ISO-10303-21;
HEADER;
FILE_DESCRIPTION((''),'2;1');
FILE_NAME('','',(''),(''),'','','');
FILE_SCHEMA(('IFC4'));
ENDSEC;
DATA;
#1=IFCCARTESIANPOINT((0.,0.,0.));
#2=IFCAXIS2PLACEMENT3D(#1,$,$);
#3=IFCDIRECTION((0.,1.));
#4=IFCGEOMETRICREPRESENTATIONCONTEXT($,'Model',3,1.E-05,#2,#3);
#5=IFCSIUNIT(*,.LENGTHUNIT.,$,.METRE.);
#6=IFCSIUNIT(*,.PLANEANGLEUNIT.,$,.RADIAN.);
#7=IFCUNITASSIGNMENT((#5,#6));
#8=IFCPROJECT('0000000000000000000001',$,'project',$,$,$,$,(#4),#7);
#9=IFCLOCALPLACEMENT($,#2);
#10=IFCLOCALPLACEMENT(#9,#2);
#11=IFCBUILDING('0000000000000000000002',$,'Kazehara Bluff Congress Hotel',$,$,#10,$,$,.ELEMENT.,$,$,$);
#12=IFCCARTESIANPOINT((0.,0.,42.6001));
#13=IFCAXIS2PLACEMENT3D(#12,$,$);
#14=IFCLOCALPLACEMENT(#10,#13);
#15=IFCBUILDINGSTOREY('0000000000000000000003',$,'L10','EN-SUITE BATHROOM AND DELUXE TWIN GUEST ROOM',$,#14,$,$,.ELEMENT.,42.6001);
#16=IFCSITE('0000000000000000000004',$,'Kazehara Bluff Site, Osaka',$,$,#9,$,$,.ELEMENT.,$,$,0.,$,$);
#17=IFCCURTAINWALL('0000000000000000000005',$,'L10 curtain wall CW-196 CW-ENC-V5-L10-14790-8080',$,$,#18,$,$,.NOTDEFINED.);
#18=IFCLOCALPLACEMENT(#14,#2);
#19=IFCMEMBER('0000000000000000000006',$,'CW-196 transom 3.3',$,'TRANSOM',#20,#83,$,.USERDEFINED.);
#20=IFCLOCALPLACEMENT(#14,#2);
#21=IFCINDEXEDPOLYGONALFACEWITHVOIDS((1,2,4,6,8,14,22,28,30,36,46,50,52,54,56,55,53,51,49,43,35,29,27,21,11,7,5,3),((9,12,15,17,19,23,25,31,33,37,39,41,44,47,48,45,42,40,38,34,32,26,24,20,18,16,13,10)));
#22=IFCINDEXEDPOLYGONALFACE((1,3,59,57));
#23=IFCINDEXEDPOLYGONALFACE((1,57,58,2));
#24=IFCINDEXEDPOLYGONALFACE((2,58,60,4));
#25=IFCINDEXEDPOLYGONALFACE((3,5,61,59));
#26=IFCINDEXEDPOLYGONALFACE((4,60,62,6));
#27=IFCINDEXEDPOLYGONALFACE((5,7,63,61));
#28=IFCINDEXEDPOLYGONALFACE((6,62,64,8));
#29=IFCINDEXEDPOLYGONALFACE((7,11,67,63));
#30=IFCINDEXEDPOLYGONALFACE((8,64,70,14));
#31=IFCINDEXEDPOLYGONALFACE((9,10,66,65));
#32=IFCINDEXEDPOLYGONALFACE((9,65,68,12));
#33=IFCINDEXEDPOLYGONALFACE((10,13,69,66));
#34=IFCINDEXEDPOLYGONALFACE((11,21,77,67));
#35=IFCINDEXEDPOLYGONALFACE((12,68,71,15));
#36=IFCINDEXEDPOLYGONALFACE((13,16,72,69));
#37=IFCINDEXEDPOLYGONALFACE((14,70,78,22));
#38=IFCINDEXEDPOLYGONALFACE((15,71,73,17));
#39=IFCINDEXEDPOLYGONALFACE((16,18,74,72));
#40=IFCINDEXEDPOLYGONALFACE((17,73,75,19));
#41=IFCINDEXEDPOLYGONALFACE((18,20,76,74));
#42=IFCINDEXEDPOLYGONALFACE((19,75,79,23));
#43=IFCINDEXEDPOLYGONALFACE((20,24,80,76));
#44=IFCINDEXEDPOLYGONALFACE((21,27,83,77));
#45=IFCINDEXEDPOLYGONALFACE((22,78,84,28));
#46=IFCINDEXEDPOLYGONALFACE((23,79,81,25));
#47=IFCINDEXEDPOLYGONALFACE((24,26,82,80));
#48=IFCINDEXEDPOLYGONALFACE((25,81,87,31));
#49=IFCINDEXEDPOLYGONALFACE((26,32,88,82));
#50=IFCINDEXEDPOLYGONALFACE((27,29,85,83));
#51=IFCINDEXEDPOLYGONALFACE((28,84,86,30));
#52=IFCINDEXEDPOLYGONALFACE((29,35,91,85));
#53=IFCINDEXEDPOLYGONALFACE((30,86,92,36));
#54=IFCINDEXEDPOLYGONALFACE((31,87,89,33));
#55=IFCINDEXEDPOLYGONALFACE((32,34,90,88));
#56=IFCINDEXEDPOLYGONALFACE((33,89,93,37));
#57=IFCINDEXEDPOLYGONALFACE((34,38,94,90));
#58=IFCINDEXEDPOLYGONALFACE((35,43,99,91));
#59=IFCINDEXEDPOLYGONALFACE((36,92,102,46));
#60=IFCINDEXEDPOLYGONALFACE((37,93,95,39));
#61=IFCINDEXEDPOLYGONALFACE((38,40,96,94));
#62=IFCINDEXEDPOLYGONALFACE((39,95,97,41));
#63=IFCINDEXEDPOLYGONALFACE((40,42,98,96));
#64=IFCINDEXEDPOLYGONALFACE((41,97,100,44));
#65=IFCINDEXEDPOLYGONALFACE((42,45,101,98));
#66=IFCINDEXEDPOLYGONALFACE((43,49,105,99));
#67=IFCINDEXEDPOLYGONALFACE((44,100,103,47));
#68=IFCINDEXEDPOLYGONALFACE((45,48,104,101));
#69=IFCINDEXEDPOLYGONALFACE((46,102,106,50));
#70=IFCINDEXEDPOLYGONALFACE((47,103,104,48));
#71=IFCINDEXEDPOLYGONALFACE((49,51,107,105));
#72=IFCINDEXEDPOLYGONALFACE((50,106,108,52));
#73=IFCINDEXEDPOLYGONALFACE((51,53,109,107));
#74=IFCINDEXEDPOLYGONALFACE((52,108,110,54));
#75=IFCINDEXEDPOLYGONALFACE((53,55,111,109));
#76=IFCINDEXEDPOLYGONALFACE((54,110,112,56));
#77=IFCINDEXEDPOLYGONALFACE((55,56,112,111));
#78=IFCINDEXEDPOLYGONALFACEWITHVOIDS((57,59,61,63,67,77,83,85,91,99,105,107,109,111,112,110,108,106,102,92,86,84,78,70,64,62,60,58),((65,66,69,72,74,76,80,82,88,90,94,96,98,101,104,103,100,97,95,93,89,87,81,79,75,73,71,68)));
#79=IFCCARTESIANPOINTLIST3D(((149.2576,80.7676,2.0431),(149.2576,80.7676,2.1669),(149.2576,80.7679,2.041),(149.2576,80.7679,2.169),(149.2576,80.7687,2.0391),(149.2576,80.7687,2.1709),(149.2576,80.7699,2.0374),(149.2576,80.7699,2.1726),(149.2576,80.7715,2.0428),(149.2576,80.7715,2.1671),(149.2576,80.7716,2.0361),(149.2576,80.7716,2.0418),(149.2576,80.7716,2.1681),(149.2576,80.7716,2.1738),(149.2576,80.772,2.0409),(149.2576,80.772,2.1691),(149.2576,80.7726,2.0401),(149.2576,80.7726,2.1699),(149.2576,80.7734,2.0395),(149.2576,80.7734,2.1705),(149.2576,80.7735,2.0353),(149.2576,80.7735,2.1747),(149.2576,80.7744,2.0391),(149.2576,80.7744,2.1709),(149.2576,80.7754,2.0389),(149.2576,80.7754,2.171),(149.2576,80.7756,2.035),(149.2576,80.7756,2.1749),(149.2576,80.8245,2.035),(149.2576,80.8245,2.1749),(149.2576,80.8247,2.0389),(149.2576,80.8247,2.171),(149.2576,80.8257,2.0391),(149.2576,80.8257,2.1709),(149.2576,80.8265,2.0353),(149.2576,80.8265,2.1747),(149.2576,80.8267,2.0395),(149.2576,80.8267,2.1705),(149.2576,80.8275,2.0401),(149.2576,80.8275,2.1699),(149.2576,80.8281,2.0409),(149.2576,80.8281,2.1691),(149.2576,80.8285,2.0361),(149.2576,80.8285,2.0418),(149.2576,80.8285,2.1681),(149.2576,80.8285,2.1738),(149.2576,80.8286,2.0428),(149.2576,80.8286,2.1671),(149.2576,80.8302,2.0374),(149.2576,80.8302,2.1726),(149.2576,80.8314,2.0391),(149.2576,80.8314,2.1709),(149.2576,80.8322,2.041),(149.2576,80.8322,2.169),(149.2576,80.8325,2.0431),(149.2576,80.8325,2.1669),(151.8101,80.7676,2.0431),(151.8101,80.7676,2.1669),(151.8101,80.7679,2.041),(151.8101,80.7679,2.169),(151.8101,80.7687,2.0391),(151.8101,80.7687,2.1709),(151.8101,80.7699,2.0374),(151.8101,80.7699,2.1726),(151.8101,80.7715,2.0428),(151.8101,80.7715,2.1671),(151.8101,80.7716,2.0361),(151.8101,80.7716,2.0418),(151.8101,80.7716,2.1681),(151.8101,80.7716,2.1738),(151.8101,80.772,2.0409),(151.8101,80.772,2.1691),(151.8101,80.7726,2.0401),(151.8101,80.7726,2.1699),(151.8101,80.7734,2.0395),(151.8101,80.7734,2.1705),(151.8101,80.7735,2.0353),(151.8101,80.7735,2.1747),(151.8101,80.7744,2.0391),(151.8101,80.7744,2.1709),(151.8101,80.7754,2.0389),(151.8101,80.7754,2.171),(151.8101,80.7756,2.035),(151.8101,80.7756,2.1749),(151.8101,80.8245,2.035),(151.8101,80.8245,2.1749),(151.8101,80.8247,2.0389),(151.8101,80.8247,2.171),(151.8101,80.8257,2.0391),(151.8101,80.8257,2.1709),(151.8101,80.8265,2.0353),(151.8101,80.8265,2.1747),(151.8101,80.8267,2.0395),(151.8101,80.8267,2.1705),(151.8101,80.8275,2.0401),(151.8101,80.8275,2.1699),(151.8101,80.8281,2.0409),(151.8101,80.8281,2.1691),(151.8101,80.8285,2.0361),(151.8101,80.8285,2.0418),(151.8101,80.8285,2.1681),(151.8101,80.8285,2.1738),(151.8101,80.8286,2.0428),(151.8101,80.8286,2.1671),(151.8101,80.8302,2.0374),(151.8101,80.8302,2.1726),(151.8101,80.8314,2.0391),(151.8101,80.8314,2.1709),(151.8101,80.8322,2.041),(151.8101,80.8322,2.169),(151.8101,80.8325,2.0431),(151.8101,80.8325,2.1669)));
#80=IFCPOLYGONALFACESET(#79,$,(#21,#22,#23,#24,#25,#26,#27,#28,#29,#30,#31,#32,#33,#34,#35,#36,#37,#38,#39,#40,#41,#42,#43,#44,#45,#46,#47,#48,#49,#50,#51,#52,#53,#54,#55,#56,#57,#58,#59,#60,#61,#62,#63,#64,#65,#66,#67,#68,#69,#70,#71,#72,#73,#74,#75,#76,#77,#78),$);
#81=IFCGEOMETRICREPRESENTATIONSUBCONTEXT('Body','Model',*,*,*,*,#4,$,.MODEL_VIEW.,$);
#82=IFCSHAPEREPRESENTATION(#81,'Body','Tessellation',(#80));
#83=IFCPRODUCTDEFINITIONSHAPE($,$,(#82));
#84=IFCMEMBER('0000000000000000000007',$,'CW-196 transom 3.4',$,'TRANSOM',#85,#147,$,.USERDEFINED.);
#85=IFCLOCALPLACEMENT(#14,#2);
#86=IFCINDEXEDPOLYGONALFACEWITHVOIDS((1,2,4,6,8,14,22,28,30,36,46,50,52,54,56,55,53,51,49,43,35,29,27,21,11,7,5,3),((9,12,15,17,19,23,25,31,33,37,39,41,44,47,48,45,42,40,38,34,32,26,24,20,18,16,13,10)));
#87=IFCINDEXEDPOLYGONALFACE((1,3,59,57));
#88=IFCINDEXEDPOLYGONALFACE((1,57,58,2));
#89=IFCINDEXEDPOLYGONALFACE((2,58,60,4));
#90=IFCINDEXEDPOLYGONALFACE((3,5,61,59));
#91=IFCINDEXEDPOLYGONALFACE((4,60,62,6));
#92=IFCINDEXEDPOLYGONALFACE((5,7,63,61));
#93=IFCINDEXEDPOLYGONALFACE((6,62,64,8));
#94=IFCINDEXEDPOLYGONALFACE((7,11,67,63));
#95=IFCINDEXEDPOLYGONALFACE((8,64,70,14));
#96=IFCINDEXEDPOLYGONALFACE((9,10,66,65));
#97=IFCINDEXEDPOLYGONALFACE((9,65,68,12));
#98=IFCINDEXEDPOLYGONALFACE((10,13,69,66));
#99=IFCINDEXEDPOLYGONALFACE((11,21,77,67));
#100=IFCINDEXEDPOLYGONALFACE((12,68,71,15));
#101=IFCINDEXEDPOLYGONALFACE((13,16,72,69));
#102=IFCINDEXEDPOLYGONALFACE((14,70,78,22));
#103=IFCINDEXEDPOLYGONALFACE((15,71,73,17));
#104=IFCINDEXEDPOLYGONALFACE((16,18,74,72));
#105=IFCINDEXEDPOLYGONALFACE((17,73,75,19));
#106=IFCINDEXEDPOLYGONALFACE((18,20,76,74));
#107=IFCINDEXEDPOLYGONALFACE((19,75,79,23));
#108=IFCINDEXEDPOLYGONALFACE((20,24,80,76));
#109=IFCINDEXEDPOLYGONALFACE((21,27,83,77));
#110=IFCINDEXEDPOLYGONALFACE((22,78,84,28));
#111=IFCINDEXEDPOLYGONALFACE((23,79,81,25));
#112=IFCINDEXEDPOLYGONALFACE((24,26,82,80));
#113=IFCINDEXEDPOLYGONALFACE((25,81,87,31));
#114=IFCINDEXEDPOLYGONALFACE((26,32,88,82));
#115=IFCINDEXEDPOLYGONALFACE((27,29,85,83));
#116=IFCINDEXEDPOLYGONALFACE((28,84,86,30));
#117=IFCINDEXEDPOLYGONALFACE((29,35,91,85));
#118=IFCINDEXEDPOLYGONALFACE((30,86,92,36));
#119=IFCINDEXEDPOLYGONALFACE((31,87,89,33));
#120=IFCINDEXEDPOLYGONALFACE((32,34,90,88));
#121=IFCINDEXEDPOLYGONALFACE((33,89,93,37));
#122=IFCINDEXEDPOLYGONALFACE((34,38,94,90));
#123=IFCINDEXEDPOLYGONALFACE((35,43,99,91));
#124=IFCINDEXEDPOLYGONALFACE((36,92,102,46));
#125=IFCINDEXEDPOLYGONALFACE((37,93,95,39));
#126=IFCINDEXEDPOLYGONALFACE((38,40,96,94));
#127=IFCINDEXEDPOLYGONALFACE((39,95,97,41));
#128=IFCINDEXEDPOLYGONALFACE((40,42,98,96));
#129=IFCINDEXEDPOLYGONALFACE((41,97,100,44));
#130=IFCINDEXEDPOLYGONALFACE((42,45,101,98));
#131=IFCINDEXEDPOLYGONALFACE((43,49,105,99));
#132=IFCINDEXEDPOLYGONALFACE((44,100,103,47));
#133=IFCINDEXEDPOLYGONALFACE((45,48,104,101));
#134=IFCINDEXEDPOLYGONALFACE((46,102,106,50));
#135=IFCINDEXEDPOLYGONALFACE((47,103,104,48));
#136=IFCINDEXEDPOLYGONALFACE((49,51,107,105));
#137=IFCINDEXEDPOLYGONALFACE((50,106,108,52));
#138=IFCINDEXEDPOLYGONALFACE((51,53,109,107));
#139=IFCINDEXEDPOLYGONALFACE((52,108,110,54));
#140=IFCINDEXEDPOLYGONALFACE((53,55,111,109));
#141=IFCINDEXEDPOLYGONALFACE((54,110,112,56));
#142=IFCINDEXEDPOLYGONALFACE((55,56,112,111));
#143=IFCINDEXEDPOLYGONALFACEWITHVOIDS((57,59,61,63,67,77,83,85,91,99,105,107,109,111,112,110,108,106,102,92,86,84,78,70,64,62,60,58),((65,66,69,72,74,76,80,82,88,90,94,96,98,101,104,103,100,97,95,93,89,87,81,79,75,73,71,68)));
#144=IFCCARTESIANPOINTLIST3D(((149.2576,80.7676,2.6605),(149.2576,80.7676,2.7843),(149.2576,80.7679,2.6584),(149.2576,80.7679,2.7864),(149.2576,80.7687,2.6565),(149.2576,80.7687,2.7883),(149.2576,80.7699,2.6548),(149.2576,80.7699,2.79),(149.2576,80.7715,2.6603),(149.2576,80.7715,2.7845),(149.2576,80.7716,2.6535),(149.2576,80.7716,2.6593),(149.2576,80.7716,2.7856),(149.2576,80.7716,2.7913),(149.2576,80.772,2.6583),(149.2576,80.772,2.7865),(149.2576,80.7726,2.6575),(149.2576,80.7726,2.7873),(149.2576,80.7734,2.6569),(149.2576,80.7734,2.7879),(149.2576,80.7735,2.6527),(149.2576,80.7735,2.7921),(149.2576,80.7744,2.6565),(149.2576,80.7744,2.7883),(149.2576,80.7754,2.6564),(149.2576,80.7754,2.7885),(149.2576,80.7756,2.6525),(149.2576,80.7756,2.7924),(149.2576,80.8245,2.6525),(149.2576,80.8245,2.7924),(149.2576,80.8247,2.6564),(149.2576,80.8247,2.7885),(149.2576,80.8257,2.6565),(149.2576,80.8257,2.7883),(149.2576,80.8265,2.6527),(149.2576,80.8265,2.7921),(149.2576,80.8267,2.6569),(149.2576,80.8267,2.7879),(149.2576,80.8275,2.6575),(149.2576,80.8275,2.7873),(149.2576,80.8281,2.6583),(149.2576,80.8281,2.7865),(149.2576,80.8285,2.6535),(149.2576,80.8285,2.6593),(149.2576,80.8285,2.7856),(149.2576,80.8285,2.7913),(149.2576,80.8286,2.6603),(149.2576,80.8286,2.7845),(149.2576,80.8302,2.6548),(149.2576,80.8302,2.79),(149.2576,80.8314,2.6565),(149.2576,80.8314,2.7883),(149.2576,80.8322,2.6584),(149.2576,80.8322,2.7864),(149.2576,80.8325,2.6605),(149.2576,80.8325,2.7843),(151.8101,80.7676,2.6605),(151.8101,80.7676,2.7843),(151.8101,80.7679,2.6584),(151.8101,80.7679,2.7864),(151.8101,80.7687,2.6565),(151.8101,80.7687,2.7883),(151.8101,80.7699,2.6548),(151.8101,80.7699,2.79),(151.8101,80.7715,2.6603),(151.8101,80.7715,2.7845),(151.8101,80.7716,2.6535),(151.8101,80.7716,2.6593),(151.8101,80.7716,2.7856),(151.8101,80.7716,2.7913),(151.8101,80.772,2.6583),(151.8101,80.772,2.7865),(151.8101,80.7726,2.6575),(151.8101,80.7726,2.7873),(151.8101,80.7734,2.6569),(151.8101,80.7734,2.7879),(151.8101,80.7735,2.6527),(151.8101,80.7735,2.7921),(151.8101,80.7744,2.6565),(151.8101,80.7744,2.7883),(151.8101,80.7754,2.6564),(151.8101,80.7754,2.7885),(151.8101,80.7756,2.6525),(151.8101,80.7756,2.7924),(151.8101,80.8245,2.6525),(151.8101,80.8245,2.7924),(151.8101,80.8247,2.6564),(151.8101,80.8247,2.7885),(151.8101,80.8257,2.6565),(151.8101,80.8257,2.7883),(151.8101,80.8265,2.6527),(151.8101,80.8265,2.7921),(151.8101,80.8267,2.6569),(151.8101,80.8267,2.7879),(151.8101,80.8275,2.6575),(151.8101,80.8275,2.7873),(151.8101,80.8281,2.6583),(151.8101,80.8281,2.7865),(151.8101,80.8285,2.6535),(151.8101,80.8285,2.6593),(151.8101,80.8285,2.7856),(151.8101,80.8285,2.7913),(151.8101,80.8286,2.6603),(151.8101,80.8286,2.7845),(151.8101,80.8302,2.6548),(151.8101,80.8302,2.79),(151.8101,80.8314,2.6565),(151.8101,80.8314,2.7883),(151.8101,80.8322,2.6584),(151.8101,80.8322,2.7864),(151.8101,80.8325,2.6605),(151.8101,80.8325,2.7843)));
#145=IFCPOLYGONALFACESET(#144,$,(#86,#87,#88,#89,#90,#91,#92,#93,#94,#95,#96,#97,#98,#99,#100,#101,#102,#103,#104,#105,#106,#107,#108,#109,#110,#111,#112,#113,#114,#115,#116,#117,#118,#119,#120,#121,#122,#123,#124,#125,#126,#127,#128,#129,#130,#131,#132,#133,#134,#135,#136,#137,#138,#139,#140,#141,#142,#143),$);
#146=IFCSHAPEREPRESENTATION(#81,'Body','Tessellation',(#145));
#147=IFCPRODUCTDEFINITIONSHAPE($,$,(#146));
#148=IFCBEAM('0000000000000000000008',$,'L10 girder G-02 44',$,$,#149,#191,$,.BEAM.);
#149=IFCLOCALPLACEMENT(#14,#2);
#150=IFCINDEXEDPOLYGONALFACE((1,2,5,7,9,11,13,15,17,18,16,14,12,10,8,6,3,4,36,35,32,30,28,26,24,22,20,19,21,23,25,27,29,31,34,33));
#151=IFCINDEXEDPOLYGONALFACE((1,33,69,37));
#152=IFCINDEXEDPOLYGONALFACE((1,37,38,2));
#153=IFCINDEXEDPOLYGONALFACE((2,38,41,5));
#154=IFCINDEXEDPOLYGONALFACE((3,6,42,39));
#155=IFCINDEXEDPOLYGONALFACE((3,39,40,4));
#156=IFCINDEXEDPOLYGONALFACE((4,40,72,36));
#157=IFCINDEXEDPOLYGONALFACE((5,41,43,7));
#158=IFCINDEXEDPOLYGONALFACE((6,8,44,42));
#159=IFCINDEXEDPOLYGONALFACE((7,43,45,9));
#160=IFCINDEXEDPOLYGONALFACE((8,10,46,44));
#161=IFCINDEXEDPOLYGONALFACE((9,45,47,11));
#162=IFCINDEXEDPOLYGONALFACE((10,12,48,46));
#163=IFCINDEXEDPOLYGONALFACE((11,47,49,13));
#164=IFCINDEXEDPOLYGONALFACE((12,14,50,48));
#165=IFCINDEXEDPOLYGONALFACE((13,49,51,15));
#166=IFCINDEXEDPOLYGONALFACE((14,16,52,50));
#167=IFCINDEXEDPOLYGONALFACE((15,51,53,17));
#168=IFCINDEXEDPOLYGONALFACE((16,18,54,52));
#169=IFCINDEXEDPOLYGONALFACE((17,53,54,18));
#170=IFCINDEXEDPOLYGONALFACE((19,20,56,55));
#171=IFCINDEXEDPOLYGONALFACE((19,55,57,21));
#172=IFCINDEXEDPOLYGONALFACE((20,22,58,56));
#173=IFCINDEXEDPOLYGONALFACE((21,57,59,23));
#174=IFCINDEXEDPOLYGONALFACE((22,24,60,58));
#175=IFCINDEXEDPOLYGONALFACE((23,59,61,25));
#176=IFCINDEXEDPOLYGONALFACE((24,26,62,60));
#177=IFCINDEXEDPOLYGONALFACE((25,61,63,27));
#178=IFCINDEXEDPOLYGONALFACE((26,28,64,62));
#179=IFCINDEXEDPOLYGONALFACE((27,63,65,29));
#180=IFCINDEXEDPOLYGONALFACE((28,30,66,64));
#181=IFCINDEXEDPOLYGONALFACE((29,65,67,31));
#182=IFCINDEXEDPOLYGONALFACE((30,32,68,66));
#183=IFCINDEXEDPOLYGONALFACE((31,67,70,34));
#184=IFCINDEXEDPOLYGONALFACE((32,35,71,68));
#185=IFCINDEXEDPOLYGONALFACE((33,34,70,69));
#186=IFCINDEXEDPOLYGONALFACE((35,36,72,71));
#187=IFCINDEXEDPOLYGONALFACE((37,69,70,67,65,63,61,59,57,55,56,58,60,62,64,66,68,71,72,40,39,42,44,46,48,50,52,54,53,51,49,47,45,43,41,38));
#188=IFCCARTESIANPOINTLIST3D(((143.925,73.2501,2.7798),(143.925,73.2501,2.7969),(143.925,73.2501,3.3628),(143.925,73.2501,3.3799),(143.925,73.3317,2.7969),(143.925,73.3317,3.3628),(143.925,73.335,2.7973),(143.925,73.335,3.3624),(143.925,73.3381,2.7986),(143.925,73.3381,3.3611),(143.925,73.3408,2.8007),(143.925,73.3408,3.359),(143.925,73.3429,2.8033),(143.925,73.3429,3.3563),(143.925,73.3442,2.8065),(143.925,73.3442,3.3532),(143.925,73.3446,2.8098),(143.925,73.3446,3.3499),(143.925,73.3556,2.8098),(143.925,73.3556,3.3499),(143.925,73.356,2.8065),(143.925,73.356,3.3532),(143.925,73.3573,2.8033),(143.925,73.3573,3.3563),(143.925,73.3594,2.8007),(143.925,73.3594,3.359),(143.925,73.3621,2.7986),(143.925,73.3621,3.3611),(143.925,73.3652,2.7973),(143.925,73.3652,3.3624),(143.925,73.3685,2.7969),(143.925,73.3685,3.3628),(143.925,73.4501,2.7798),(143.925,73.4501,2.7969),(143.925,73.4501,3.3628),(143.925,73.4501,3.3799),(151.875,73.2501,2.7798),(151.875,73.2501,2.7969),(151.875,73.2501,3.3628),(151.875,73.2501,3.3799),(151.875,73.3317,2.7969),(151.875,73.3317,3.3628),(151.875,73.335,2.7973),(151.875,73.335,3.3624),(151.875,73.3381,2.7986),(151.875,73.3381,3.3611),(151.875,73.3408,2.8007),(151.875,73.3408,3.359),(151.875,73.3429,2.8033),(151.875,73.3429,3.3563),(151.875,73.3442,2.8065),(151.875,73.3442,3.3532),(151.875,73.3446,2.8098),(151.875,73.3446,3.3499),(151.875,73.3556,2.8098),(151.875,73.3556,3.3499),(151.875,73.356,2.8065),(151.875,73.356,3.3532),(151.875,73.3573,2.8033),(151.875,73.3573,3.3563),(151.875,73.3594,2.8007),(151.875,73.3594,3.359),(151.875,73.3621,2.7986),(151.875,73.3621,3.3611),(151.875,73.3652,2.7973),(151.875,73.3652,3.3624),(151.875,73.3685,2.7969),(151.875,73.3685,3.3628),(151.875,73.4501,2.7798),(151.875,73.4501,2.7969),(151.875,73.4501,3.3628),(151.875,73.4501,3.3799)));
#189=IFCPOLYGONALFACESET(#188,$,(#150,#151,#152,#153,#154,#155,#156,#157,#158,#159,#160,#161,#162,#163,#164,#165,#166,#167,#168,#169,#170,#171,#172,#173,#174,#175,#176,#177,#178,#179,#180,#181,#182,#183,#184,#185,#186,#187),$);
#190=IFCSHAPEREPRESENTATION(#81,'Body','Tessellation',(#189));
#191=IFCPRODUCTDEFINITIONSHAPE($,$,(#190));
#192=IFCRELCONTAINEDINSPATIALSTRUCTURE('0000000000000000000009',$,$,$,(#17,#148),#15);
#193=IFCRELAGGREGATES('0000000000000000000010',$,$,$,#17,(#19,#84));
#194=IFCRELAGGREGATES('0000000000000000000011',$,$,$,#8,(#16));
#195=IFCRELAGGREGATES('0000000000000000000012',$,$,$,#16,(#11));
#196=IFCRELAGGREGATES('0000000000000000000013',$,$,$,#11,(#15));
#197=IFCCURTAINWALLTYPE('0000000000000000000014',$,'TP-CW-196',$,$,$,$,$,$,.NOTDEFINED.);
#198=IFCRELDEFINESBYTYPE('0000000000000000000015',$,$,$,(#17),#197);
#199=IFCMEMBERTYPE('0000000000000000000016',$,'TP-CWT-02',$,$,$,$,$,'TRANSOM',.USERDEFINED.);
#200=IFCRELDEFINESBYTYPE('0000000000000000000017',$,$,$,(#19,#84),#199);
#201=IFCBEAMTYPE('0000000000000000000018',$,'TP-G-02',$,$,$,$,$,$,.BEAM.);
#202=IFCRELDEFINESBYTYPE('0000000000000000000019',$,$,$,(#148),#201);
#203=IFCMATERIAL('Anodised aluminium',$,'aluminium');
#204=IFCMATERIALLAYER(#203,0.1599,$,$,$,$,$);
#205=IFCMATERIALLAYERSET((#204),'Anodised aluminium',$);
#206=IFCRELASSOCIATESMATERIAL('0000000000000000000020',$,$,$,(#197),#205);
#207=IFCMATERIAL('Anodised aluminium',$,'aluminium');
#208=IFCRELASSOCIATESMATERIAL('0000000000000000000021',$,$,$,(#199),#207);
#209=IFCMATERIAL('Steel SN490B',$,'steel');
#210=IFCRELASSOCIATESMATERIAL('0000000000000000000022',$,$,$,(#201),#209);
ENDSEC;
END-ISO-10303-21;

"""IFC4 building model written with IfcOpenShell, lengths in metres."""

from ifc_helpers import new_model, si_unit, direction, frame, origin, origin_2d, place, context, subcontext, project, spatial, hollow_rectangle, i_section, extrude, material, layer, layer_set, material_profile, profile_set, type_object, element, aggregate, save


model = new_model("IFC4")

# Units and contexts
model_context = context("Model", 3, precision=1e-05, world=origin(), true_north=direction((0.0, 1.0)))
body_context = subcontext(model_context, "Body", "Model", "MODEL_VIEW")
ifc_project = project(units=[si_unit("LENGTHUNIT", "METRE"), si_unit("PLANEANGLEUNIT", "RADIAN")], contexts=[model_context])

# Site, building, storey
site_placement = place(None, origin())
site = spatial("IfcSite", under=ifc_project, at=site_placement, Name="Kazehara Bluff Site, Osaka", CompositionType="ELEMENT", RefElevation=0.0)
building_placement = place(site_placement, origin())
building = spatial("IfcBuilding", under=site, at=building_placement, Name="Kazehara Bluff Congress Hotel", CompositionType="ELEMENT")
storey_placement = place(building_placement, frame((0.0, 0.0, 42.6001)))
storey = spatial("IfcBuildingStorey", under=building, at=storey_placement, Name="L10", Description="EN-SUITE BATHROOM AND DELUXE TWIN GUEST ROOM", CompositionType="ELEMENT", Elevation=42.6001)

# Curtain wall, members
ifc_material_1 = material(Name="Anodised aluminium", Category="aluminium")
ifc_layer_1 = layer(ifc_material_1, 0.1599)
ifc_layer_set_1 = layer_set([ifc_layer_1], Name="Anodised aluminium")
curtain_wall_type = type_object("IfcCurtainWallType", Name="TP-CW-196", PredefinedType="NOTDEFINED", material=ifc_layer_set_1)
curtain_wall_placement = place(storey_placement, origin())
curtain_wall = element("IfcCurtainWall", 1, at=curtain_wall_placement, inside=storey, type_object=curtain_wall_type, Name="L10 curtain wall CW-196 CW-ENC-V5-L10-14790-8080", PredefinedType="NOTDEFINED")
ifc_material_2 = material(Name="Anodised aluminium", Category="aluminium")
ifc_material_profile_1 = material_profile(ifc_material_2, hollow_rectangle(XDim=0.0649, YDim=0.1399, WallThickness=0.0039, InnerFilletRadius=0.0039, OuterFilletRadius=0.0081, at=origin_2d()))
ifc_profile_set_1 = profile_set([ifc_material_profile_1], Name="Anodised aluminium")
member_type_1 = type_object("IfcMemberType", Name="TP-CWT-02", ElementType="TRANSOM", PredefinedType="USERDEFINED", material=ifc_profile_set_1)
member_1_placement = place(storey_placement, frame((149.2576, 80.8, 2.105), z_axis=(1.0, 0.0, 0.0), x_axis=(0.0, 1.0, 0.0)))
member_1 = element("IfcMember", 2, at=member_1_placement, type_object=member_type_1, Name="CW-196 transom 3.3", ObjectType="TRANSOM", PredefinedType="USERDEFINED", context=body_context, shape_type="SweptSolid", body=[
    extrude(hollow_rectangle(XDim=0.0649, YDim=0.1399, WallThickness=0.0039, InnerFilletRadius=0.0039, OuterFilletRadius=0.0081, at=origin_2d()), origin(), (0.0, 0.0, 1.0), 2.5525),
])
member_2_placement = place(storey_placement, frame((149.2576, 80.8, 2.7224), z_axis=(1.0, 0.0, 0.0), x_axis=(0.0, 1.0, 0.0)))
member_2 = element("IfcMember", 3, at=member_2_placement, type_object=member_type_1, Name="CW-196 transom 3.4", ObjectType="TRANSOM", PredefinedType="USERDEFINED", context=body_context, shape_type="SweptSolid", body=[
    extrude(hollow_rectangle(XDim=0.0649, YDim=0.1399, WallThickness=0.0039, InnerFilletRadius=0.0039, OuterFilletRadius=0.0081, at=origin_2d()), origin(), (0.0, 0.0, 1.0), 2.5525),
])

# Beam
ifc_material_3 = material(Name="Steel SN490B", Category="steel")
ifc_material_profile_2 = material_profile(ifc_material_3, i_section(OverallWidth=0.2, OverallDepth=0.6001, WebThickness=0.011, FlangeThickness=0.0171, FilletRadius=0.0129, at=origin_2d()))
ifc_profile_set_2 = profile_set([ifc_material_profile_2], Name="Steel SN490B")
beam_type_1 = type_object("IfcBeamType", Name="TP-G-02", PredefinedType="BEAM", material=ifc_profile_set_2)
beam_1_placement = place(storey_placement, frame((143.925, 73.3501, 3.0798), z_axis=(1.0, 0.0, 0.0), x_axis=(0.0, 1.0, 0.0)))
element("IfcBeam", 4, at=beam_1_placement, inside=storey, type_object=beam_type_1, Name="L10 girder G-02 44", PredefinedType="BEAM", context=body_context, shape_type="SweptSolid", body=[
    extrude(i_section(OverallWidth=0.2, OverallDepth=0.6001, WebThickness=0.011, FlangeThickness=0.0171, FilletRadius=0.0129, at=origin_2d()), origin(), (0.0, 0.0, 1.0), 7.95),
])

aggregate(curtain_wall, [member_1, member_2])

save(model, "model.ifc")
